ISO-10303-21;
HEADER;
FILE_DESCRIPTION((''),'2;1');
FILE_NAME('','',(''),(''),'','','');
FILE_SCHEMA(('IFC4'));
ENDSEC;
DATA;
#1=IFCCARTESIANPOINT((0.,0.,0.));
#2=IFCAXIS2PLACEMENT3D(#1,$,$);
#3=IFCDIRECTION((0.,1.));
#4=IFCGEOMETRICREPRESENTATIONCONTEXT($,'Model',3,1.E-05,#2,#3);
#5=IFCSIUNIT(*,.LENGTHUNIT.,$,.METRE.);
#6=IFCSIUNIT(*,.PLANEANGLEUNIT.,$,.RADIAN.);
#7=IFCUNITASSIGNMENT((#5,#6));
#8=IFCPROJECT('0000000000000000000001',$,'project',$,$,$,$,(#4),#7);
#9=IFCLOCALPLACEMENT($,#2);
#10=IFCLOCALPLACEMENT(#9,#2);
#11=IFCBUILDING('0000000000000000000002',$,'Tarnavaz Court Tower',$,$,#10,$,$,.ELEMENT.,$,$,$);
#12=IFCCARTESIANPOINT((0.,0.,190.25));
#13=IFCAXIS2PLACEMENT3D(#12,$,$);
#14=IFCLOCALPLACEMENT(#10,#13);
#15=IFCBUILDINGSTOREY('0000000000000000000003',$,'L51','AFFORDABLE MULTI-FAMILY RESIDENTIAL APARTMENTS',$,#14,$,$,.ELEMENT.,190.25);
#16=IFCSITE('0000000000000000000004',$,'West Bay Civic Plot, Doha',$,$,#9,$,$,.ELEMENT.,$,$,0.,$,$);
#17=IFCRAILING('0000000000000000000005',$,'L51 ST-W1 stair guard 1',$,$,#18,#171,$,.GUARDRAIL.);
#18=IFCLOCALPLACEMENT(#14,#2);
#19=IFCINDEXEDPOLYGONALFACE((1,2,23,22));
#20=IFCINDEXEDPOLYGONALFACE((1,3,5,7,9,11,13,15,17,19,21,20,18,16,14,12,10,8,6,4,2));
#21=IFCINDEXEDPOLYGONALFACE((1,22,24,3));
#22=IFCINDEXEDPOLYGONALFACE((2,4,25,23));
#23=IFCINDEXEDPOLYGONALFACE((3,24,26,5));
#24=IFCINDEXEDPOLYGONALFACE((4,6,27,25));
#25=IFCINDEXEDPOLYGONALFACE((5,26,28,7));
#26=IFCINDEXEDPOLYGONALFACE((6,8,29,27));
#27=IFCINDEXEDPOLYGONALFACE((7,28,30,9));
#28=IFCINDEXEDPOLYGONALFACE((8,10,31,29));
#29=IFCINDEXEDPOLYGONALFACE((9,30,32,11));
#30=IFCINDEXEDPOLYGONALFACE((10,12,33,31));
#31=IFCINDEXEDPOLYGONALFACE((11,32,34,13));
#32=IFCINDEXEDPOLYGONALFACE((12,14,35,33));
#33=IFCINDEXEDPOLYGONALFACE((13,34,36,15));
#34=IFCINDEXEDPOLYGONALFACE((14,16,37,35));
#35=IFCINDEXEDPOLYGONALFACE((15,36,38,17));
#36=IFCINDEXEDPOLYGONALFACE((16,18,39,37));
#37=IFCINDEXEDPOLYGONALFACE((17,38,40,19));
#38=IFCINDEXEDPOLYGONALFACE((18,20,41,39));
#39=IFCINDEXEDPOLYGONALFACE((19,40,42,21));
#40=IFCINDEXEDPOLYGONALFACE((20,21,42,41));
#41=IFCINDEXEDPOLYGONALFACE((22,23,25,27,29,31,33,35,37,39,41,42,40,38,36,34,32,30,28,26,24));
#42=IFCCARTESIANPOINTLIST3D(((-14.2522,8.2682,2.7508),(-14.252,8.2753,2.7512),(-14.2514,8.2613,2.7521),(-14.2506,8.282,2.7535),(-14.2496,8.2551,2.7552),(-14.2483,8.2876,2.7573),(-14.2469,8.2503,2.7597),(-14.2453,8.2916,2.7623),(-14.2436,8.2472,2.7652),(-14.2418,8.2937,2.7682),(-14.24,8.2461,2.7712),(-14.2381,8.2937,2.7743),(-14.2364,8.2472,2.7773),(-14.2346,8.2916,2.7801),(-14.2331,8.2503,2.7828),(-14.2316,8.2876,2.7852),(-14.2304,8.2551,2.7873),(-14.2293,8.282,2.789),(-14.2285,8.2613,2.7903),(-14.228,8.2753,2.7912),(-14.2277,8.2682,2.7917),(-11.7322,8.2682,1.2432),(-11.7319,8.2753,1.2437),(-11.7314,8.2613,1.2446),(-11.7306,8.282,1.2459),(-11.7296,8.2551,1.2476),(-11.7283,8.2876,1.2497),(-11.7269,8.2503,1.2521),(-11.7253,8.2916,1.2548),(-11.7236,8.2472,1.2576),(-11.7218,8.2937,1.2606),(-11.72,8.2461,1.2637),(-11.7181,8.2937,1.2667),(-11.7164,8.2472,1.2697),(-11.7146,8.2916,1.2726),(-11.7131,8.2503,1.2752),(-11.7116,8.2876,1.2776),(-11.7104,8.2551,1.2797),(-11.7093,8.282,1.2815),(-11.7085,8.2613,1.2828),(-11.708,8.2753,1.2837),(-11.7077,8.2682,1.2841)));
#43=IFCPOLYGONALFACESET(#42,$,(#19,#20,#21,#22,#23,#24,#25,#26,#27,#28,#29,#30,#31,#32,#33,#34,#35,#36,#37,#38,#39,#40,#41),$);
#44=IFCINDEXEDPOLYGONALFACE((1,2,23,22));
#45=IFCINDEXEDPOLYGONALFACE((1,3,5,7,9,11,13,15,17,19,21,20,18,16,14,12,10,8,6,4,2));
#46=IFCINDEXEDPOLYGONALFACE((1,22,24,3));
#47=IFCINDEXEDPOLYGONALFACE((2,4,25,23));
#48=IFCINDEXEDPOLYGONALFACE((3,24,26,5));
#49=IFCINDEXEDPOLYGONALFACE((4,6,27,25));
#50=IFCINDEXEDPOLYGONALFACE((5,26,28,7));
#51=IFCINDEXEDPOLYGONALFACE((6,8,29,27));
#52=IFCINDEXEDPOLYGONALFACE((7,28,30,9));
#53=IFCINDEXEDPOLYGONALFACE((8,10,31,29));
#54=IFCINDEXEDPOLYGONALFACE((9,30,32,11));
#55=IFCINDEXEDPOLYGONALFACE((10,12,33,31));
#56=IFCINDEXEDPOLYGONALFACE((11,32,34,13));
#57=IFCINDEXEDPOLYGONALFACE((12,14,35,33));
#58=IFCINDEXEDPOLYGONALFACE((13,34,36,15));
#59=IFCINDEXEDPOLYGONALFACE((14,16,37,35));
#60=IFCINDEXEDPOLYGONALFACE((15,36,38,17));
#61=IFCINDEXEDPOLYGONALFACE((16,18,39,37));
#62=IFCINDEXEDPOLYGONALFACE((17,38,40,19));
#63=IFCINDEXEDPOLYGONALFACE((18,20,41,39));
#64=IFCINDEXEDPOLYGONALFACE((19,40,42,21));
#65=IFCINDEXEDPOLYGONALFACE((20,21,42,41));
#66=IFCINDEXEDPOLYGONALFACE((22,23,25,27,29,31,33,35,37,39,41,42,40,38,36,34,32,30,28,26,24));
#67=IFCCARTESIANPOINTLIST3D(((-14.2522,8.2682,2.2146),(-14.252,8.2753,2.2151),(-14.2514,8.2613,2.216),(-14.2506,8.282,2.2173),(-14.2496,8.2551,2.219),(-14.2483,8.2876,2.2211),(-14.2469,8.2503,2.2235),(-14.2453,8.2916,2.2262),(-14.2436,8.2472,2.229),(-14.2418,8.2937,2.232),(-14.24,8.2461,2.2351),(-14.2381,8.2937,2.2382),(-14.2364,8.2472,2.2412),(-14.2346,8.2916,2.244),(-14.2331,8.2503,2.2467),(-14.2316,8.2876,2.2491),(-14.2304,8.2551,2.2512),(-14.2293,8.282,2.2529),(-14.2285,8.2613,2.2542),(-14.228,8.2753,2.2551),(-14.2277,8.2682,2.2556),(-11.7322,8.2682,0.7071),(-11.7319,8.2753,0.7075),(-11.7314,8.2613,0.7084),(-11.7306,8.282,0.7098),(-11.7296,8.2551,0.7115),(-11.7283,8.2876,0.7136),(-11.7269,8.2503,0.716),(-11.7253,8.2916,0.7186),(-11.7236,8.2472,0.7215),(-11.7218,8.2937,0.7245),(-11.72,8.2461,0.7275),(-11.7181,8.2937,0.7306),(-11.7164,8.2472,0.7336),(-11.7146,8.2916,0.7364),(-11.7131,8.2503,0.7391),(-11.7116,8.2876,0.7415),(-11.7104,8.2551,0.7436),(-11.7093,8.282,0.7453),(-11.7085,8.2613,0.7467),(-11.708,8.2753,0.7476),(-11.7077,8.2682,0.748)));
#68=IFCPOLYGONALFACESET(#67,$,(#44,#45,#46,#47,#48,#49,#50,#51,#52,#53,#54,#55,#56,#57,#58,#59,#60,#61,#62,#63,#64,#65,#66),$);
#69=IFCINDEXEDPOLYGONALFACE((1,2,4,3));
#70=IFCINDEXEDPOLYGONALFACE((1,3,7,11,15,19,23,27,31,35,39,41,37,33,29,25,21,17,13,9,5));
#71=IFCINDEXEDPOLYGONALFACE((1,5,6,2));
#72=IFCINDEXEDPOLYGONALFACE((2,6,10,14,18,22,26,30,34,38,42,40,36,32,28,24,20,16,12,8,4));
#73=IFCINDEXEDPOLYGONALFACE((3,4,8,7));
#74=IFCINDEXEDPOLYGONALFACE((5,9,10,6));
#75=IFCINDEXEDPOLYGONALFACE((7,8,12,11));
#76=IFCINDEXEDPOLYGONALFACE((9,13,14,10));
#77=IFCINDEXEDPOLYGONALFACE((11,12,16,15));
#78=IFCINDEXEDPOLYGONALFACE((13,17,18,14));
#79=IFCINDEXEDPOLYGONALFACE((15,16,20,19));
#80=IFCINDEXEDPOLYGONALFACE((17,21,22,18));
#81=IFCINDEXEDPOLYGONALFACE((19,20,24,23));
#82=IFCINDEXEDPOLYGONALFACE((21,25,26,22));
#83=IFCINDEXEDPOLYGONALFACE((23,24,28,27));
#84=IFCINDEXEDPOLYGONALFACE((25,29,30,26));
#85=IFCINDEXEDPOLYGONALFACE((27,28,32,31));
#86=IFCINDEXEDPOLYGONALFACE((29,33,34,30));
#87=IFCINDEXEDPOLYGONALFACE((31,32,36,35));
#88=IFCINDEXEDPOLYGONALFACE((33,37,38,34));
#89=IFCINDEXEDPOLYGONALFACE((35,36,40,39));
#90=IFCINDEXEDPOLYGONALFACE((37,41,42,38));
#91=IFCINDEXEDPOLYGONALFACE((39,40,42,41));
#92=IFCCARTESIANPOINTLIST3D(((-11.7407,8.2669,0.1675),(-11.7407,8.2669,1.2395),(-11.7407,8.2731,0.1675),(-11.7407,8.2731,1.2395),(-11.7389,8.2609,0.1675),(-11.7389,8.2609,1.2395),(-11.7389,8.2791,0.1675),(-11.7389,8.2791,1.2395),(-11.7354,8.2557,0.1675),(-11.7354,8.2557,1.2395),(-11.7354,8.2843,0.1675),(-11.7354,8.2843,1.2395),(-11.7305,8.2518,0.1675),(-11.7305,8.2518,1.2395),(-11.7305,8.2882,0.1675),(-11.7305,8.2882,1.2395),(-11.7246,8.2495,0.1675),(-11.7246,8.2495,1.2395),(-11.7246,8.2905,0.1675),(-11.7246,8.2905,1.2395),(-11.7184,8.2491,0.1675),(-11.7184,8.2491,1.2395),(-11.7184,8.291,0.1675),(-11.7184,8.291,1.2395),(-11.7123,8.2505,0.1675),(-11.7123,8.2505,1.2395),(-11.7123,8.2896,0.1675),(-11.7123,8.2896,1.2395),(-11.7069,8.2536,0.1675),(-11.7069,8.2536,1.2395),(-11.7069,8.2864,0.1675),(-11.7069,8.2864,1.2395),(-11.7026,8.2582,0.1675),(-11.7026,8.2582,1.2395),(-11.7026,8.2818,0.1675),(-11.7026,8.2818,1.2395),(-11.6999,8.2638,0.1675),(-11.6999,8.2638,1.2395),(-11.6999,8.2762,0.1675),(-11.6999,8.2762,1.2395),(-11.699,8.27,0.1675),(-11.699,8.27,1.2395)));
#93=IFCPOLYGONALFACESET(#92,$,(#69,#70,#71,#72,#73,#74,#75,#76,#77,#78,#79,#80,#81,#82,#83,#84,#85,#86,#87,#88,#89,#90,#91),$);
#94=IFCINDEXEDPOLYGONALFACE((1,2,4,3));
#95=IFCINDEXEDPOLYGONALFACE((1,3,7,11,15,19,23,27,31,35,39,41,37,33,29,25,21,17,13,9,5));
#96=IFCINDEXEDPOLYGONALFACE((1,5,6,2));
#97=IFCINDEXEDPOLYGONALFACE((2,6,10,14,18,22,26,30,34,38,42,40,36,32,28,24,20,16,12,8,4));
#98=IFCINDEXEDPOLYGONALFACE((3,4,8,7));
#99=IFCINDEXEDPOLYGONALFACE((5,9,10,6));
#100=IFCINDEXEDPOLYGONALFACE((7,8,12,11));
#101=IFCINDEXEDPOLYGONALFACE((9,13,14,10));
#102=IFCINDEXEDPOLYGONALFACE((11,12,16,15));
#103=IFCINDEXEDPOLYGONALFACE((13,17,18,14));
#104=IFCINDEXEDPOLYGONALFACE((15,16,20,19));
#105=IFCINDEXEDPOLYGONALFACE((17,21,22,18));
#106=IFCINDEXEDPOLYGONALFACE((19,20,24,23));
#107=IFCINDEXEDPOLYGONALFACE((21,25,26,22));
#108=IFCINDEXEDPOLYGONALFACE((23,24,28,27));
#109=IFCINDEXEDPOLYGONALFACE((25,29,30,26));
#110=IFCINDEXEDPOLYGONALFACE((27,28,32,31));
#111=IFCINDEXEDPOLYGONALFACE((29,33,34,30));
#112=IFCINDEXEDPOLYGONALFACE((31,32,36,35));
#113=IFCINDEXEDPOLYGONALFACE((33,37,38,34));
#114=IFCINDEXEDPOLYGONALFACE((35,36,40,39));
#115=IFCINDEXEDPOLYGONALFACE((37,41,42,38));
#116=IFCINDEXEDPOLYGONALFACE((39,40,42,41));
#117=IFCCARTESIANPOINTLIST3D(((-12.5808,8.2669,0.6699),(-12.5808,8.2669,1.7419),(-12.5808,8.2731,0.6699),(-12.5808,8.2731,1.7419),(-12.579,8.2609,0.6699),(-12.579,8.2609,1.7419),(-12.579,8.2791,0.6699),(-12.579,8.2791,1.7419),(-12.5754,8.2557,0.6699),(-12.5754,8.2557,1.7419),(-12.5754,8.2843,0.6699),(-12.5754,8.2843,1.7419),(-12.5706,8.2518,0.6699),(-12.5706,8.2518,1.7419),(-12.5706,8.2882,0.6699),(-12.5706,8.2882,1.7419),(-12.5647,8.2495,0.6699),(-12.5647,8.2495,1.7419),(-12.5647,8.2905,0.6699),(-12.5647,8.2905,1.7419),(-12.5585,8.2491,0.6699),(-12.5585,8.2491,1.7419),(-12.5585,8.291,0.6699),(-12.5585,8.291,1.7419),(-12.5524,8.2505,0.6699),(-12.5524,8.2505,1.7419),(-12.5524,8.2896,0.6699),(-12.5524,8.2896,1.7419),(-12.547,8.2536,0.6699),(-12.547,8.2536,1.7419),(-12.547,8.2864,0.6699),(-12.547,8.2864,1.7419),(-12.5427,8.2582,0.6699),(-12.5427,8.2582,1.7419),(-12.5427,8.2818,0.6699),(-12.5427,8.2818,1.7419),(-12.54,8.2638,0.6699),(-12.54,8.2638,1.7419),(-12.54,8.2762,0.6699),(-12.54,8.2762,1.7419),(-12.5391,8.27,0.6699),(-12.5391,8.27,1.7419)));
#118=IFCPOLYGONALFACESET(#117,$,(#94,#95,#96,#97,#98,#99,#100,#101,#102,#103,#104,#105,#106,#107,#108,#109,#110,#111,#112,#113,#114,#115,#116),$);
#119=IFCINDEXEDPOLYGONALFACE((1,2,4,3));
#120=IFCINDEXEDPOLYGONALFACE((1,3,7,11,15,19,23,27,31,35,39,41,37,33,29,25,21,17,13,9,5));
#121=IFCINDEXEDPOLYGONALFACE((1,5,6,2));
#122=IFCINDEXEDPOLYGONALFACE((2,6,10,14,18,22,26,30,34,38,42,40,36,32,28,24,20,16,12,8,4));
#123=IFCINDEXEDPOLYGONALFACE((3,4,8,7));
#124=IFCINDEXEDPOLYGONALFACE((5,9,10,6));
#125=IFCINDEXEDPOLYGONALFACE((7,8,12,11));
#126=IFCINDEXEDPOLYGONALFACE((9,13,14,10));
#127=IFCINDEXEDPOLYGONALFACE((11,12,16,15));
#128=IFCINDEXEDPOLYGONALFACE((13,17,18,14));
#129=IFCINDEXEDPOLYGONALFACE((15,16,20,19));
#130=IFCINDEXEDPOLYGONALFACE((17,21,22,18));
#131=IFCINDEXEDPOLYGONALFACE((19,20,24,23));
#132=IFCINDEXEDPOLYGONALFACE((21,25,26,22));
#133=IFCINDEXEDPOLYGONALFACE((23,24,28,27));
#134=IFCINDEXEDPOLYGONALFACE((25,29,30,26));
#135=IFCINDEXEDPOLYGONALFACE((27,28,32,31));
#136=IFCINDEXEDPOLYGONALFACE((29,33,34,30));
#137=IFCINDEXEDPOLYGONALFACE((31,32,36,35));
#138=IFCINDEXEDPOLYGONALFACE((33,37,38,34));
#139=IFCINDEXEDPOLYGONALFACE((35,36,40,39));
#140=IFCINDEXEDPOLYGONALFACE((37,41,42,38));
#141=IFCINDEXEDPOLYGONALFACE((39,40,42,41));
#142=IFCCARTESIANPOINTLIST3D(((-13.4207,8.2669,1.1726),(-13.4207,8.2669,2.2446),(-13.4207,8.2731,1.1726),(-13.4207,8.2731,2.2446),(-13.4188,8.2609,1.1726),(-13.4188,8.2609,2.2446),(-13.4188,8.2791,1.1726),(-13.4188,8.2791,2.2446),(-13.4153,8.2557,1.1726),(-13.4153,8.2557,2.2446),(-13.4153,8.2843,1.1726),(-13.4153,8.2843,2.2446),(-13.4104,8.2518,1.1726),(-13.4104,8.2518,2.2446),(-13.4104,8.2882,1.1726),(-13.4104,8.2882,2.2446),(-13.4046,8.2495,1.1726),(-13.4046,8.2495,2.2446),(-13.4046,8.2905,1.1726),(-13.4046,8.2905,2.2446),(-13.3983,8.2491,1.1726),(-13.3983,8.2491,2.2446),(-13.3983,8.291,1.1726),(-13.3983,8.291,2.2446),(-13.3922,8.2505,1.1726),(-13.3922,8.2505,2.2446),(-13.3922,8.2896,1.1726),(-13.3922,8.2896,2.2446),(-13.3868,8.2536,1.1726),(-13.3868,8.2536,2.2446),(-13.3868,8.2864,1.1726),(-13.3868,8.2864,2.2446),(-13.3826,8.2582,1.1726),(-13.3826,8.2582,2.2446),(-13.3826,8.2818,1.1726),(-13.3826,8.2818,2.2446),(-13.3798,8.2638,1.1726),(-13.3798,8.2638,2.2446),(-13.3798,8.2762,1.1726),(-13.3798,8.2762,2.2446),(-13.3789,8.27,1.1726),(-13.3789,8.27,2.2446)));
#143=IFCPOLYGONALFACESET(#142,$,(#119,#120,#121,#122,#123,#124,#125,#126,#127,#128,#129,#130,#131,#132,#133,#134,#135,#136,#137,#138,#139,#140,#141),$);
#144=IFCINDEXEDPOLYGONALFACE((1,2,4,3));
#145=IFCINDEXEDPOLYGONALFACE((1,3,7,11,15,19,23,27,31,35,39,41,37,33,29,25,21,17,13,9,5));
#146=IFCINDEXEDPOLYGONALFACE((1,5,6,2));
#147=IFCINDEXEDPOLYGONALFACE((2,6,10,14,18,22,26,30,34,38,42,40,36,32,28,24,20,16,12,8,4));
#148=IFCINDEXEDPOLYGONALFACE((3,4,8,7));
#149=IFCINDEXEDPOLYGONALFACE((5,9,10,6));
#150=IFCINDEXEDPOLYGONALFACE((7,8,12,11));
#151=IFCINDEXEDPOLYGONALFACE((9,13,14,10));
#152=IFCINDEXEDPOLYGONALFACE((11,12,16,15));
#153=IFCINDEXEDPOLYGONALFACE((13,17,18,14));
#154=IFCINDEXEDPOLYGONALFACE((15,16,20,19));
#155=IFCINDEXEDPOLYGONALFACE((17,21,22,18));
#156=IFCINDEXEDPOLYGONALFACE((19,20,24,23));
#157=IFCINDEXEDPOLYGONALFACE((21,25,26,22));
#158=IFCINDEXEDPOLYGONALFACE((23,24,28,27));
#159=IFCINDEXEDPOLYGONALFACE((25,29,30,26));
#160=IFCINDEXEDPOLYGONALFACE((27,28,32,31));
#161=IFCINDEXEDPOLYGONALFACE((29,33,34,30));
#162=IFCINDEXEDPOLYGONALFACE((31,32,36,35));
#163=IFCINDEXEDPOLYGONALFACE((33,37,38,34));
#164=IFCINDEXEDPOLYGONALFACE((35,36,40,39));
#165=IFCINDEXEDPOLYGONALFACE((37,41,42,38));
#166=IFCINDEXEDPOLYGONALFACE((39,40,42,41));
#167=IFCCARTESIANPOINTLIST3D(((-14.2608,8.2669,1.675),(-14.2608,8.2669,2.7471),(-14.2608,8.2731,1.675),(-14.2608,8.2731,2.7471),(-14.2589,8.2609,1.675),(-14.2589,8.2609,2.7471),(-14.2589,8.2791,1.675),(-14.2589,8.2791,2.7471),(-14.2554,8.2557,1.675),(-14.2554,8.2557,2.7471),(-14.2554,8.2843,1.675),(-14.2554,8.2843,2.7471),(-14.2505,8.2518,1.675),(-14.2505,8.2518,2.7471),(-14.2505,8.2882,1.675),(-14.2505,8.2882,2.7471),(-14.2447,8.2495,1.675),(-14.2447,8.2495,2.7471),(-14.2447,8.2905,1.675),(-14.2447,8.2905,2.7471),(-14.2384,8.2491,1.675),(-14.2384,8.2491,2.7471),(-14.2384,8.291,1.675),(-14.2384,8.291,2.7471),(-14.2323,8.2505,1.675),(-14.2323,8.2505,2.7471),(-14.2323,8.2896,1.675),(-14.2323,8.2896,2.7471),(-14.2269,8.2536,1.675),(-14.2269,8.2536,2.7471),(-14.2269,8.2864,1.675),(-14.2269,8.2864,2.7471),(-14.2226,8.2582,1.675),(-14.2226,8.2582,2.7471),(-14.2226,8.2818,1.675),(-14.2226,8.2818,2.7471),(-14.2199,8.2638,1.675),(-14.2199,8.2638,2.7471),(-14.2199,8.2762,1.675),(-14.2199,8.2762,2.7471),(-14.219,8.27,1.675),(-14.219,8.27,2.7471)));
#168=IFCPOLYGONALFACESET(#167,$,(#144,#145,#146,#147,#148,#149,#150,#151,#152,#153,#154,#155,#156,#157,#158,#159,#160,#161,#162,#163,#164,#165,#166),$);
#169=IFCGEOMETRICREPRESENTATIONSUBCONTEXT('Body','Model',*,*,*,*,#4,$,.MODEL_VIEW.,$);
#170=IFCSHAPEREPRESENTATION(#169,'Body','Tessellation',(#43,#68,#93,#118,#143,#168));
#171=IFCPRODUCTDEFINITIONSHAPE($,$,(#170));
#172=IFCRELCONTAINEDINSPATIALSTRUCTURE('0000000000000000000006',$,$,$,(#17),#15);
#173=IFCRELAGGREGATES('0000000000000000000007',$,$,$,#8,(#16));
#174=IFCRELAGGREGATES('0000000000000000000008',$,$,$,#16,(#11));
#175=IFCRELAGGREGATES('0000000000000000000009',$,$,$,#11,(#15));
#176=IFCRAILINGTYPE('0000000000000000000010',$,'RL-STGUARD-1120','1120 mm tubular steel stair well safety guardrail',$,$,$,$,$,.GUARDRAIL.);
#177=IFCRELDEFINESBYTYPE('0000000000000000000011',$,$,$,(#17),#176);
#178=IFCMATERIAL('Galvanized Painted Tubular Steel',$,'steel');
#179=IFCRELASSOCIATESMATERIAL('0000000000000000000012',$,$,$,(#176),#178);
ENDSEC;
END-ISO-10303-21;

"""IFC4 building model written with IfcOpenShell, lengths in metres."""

from ifc_helpers import new_model, si_unit, direction, frame, origin, origin_2d, place, context, subcontext, project, spatial, circle, extrude, material, type_object, element, save


model = new_model("IFC4")

# Units and contexts
model_context = context("Model", 3, precision=1e-05, world=origin(), true_north=direction((0.0, 1.0)))
body_context = subcontext(model_context, "Body", "Model", "MODEL_VIEW")
ifc_project = project(units=[si_unit("LENGTHUNIT", "METRE"), si_unit("PLANEANGLEUNIT", "RADIAN")], contexts=[model_context])

# Site, building, storey
site_placement = place(None, origin())
site = spatial("IfcSite", under=ifc_project, at=site_placement, Name="West Bay Civic Plot, Doha", CompositionType="ELEMENT", RefElevation=0.0)
building_placement = place(site_placement, origin())
building = spatial("IfcBuilding", under=site, at=building_placement, Name="Tarnavaz Court Tower", CompositionType="ELEMENT")
storey_placement = place(building_placement, frame((0.0, 0.0, 190.25)))
storey = spatial("IfcBuildingStorey", under=building, at=storey_placement, Name="L51", Description="AFFORDABLE MULTI-FAMILY RESIDENTIAL APARTMENTS", CompositionType="ELEMENT", Elevation=190.25)

# Railing
ifc_material_1 = material(Name="Galvanized Painted Tubular Steel", Category="steel")
railing_type_1 = type_object("IfcRailingType", Name="RL-STGUARD-1120", Description="1120 mm tubular steel stair well safety guardrail", PredefinedType="GUARDRAIL", material=ifc_material_1)
railing_1_placement = place(storey_placement, frame((-11.72, 8.27, 0.1675)))
element("IfcRailing", 1, at=railing_1_placement, inside=storey, type_object=railing_type_1, Name="L51 ST-W1 stair guard 1", PredefinedType="GUARDRAIL", context=body_context, shape_type="SweptSolid", body=[
    extrude(circle(Radius=0.0239, at=origin_2d()), frame((0.0, 0.0, 1.0962), z_axis=(-0.85816, 0.0, 0.513383), x_axis=(0.0, -1.0, 0.0)), (0.0, 0.0, 1.0), 2.9365),
    extrude(circle(Radius=0.0239, at=origin_2d()), frame((0.0, 0.0, 0.5601), z_axis=(-0.85816, 0.0, 0.513383), x_axis=(0.0, -1.0, 0.0)), (0.0, 0.0, 1.0), 2.9365),
    extrude(circle(Radius=0.021, at=origin_2d()), origin(), (0.0, 0.0, 1.0), 1.072),
    extrude(circle(Radius=0.021, at=origin_2d()), frame((-0.8401, 0.0, 0.5024)), (0.0, 0.0, 1.0), 1.072),
    extrude(circle(Radius=0.021, at=origin_2d()), frame((-1.6799, 0.0, 1.0051)), (0.0, 0.0, 1.0), 1.072),
    extrude(circle(Radius=0.021, at=origin_2d()), frame((-2.52, 0.0, 1.5076)), (0.0, 0.0, 1.0), 1.072),
])

save(model, "model.ifc")
